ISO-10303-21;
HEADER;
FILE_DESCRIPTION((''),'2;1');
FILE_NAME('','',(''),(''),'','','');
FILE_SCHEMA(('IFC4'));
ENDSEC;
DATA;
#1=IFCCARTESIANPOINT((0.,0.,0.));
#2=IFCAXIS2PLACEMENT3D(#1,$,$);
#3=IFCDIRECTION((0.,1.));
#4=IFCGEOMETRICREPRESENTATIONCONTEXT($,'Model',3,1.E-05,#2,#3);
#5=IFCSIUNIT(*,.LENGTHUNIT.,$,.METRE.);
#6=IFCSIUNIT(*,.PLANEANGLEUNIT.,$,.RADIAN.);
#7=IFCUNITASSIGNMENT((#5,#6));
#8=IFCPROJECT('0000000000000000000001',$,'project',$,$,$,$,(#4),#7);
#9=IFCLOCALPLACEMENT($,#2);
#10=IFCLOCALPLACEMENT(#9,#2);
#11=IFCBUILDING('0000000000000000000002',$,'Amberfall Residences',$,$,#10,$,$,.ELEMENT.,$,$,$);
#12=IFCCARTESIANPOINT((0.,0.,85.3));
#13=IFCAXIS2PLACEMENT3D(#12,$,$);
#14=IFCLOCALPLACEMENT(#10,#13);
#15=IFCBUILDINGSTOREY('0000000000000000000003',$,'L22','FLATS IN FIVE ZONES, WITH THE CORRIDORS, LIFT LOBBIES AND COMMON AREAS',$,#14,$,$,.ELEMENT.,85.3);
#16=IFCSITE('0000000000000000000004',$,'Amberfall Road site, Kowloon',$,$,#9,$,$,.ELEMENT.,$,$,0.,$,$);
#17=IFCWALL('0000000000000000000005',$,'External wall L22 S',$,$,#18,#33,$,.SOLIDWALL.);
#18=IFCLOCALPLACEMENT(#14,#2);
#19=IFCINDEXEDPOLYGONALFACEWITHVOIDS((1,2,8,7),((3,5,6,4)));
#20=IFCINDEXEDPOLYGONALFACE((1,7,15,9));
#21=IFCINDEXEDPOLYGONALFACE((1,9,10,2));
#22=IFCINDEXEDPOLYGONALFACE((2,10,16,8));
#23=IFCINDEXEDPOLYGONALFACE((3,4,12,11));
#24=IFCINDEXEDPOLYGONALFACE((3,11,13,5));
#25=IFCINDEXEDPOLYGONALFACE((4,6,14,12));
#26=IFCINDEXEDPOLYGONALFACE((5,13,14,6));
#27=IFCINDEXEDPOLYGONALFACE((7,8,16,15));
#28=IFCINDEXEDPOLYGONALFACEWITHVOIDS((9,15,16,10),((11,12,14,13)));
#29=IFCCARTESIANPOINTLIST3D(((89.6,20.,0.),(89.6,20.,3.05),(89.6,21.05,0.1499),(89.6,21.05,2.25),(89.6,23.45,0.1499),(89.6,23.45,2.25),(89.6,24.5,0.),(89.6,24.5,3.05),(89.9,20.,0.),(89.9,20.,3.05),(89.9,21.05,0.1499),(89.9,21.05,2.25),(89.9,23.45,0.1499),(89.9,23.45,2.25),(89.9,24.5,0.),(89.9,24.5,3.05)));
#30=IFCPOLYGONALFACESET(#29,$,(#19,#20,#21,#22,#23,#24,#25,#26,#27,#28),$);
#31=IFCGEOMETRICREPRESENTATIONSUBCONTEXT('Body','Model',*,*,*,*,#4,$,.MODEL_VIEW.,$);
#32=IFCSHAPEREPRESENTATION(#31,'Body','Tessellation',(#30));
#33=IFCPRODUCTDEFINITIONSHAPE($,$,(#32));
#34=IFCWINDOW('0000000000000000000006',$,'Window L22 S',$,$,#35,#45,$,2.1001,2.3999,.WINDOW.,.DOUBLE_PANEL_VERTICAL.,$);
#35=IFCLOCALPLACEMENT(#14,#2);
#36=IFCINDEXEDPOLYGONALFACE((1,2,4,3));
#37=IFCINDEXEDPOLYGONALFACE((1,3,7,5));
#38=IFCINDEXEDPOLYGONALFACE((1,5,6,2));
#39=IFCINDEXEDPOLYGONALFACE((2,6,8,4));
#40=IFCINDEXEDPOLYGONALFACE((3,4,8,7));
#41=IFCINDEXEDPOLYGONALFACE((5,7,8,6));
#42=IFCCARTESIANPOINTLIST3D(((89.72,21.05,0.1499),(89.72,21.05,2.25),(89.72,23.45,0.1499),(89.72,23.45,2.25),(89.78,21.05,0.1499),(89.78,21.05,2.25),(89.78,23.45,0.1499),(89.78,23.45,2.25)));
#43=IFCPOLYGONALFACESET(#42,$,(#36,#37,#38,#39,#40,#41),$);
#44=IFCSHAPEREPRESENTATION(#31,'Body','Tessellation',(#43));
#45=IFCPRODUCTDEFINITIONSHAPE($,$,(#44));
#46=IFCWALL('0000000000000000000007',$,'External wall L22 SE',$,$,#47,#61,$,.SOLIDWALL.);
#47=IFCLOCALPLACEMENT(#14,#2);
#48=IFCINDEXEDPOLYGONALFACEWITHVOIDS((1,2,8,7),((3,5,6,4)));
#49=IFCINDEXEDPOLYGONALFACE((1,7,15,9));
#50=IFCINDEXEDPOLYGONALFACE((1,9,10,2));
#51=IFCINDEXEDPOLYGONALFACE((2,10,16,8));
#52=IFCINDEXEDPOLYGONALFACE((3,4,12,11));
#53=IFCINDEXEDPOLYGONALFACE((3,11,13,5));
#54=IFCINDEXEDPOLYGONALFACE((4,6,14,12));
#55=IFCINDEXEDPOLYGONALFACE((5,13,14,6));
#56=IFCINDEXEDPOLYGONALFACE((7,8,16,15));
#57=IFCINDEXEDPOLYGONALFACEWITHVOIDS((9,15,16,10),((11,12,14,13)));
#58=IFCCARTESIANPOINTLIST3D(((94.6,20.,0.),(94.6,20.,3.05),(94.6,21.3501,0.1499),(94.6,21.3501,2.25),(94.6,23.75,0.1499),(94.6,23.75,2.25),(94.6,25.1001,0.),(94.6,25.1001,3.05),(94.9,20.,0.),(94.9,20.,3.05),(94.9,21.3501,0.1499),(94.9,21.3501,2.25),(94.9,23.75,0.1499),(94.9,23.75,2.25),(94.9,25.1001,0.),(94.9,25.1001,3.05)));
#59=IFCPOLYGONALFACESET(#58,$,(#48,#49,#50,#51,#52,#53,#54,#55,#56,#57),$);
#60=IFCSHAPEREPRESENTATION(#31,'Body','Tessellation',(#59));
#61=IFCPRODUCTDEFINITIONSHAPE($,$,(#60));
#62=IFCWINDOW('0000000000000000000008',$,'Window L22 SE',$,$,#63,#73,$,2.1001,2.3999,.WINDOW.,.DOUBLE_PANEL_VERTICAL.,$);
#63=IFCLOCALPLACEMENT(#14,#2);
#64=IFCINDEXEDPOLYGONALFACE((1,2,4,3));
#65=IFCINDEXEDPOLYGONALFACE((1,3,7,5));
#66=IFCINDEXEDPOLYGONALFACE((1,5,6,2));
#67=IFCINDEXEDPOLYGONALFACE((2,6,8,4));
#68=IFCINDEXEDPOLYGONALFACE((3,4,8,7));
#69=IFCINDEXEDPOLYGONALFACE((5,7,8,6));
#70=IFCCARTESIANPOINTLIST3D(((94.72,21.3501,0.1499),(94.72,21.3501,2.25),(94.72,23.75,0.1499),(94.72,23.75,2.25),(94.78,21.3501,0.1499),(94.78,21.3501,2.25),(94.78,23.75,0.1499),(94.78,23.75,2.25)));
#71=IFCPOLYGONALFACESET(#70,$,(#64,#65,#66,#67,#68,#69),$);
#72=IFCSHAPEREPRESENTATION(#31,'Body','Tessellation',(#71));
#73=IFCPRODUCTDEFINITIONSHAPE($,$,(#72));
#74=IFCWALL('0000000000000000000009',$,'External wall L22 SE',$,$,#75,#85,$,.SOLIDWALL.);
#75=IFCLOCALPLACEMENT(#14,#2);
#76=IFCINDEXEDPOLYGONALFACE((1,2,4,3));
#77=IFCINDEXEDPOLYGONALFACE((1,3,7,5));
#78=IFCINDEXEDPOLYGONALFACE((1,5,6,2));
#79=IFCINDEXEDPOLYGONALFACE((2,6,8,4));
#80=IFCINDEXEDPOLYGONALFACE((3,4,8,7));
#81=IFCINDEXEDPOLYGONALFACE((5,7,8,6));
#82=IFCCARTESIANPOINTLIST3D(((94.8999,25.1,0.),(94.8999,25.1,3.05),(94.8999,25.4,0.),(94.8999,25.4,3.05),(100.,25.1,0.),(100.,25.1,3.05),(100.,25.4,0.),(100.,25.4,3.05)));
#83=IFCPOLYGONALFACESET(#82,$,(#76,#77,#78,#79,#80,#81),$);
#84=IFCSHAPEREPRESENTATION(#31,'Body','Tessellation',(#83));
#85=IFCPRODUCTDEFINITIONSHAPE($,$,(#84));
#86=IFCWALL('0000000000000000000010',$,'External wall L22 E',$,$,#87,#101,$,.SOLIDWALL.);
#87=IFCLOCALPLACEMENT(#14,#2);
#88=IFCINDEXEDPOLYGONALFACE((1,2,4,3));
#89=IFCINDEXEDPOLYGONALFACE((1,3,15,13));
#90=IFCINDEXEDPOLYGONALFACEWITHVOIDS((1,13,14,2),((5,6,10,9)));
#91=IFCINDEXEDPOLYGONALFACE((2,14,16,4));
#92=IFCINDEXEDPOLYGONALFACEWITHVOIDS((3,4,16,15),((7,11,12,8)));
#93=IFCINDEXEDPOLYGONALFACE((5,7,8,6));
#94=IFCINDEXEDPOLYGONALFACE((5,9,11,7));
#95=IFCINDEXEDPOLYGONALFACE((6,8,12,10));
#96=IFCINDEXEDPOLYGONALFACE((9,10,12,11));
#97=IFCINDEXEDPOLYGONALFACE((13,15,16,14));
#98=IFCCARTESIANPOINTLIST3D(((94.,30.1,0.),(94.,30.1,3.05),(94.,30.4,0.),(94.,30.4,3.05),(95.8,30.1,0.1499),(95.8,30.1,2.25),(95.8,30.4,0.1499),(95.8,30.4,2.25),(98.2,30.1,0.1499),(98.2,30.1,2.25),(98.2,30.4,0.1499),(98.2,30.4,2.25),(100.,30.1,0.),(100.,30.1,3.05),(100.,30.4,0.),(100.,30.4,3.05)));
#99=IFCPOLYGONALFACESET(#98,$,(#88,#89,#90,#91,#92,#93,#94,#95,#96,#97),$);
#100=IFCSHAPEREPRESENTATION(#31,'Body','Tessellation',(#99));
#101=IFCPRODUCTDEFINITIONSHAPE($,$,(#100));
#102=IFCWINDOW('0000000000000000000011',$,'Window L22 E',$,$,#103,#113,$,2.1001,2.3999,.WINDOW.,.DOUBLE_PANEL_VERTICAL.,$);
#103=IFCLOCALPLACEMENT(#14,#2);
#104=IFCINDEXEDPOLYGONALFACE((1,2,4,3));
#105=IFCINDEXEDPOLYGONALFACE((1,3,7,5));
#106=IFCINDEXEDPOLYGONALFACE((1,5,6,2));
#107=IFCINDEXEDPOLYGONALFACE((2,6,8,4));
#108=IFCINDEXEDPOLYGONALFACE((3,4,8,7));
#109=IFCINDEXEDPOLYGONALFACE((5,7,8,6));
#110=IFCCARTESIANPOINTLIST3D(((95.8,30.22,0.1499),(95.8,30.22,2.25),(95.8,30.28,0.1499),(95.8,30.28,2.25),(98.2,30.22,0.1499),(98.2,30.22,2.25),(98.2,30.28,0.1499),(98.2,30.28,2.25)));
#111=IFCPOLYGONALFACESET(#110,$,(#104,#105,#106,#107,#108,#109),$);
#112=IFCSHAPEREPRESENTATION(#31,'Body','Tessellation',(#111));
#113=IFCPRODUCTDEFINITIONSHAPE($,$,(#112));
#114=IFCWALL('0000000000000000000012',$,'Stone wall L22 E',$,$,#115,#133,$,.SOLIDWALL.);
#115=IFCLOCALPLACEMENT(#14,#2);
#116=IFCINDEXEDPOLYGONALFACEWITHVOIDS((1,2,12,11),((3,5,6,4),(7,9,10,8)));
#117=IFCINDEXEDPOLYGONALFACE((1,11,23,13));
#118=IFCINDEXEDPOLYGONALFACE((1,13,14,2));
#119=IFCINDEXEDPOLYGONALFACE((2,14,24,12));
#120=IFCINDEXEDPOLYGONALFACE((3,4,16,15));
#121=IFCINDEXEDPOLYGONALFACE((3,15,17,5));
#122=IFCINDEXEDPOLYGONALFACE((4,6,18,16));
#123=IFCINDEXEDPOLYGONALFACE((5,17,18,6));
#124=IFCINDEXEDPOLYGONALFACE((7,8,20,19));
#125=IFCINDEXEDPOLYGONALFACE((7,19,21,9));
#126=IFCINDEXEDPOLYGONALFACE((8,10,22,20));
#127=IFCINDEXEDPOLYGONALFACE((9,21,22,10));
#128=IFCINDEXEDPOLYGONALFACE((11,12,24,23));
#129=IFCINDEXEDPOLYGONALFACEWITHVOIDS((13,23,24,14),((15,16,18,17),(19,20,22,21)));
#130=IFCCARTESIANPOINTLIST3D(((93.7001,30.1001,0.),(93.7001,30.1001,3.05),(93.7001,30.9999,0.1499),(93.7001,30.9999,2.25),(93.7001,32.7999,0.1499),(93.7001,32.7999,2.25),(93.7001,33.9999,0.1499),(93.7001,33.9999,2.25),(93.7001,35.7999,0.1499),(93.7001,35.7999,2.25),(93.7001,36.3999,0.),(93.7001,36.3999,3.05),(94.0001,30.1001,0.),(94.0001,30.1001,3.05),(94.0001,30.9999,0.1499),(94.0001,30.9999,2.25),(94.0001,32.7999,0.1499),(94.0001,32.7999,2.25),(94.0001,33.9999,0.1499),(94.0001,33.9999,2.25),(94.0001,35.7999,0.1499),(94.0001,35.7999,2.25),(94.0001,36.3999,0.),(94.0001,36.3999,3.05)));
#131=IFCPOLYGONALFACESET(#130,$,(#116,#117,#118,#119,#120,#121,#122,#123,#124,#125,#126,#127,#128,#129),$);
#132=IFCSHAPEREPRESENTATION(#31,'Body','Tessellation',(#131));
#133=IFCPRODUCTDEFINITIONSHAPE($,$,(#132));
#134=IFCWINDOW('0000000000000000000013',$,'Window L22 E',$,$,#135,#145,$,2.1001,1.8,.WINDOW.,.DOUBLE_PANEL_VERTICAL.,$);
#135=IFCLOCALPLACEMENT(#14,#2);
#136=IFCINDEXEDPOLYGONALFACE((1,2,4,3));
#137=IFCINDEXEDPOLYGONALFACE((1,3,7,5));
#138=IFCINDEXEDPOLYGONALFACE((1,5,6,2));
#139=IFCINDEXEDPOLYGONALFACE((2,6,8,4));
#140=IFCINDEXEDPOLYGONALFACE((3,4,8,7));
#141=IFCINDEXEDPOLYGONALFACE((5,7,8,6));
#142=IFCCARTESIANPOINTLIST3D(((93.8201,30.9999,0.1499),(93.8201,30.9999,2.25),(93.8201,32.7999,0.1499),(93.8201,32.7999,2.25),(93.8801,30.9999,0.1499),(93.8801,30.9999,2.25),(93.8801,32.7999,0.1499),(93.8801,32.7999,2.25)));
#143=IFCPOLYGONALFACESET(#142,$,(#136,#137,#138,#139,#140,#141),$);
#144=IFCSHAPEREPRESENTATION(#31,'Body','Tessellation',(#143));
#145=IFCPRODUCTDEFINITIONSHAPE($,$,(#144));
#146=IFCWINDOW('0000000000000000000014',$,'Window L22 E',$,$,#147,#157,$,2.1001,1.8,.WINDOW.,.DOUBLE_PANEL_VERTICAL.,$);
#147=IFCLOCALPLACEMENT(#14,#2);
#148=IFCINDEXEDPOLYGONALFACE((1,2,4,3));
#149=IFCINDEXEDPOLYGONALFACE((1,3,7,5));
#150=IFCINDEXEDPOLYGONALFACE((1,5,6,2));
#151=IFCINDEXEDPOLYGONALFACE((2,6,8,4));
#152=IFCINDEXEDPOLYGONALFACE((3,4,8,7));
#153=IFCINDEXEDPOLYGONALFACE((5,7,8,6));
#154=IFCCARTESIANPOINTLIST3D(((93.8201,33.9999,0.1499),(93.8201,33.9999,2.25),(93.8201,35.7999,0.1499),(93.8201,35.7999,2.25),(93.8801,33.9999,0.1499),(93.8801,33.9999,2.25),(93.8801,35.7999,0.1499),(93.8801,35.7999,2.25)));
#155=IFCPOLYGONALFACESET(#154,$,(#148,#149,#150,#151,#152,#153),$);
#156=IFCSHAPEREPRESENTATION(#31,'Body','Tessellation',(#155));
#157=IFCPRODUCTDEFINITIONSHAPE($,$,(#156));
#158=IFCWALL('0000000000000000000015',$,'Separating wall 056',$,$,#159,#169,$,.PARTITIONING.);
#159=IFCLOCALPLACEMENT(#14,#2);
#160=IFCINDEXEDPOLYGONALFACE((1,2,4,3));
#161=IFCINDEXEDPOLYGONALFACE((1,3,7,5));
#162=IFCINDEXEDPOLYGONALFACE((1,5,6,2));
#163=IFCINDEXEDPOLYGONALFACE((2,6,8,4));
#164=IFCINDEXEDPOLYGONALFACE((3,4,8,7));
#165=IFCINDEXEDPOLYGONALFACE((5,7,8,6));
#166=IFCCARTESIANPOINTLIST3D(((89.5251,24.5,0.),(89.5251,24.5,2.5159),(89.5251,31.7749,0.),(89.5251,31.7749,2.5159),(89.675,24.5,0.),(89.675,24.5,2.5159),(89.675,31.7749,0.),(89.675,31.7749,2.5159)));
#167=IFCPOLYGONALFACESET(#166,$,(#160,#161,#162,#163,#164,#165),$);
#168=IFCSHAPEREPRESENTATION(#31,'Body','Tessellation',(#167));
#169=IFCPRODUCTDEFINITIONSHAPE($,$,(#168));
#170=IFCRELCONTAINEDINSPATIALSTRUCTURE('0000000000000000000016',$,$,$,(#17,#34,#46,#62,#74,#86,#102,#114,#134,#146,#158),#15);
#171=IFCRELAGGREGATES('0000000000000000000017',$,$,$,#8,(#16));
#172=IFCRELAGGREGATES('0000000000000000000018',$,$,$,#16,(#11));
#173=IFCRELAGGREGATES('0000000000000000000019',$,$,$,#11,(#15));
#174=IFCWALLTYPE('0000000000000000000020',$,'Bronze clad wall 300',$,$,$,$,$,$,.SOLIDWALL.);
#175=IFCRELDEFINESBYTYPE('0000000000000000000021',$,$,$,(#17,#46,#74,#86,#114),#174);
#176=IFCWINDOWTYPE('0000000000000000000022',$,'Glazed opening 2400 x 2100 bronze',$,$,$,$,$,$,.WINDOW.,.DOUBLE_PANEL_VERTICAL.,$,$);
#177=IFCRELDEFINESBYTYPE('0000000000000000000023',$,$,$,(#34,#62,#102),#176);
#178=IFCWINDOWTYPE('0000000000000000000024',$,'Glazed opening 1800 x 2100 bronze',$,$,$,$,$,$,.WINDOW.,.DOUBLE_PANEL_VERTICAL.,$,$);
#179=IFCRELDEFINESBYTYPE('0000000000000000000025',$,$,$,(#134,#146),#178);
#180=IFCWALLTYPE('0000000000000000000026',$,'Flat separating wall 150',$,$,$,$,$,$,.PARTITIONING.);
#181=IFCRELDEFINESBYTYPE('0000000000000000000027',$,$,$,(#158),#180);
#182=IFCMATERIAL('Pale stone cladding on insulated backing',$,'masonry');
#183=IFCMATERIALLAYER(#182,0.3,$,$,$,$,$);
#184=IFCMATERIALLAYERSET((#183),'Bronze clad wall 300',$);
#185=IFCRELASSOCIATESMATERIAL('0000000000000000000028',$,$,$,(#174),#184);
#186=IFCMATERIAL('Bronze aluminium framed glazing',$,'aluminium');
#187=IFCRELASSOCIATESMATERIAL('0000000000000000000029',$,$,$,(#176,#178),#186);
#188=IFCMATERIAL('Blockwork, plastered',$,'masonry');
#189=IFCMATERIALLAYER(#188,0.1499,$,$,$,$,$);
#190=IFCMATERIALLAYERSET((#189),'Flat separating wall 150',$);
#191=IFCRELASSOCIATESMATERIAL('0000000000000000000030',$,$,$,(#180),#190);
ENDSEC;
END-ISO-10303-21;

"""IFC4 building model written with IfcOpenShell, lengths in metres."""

from ifc_helpers import new_model, si_unit, direction, frame, frame_2d, origin, place, context, subcontext, project, spatial, rectangle, extrude, material, layer, layer_set, type_object, element, fill, save


model = new_model("IFC4")

# Units and contexts
model_context = context("Model", 3, precision=1e-05, world=origin(), true_north=direction((0.0, 1.0)))
body_context = subcontext(model_context, "Body", "Model", "MODEL_VIEW")
ifc_project = project(units=[si_unit("LENGTHUNIT", "METRE"), si_unit("PLANEANGLEUNIT", "RADIAN")], contexts=[model_context])

# Site, building, storey
site_placement = place(None, origin())
site = spatial("IfcSite", under=ifc_project, at=site_placement, Name="Amberfall Road site, Kowloon", CompositionType="ELEMENT", RefElevation=0.0)
building_placement = place(site_placement, origin())
building = spatial("IfcBuilding", under=site, at=building_placement, Name="Amberfall Residences", CompositionType="ELEMENT")
storey_placement = place(building_placement, frame((0.0, 0.0, 85.3)))
storey = spatial("IfcBuildingStorey", under=building, at=storey_placement, Name="L22", Description="FLATS IN FIVE ZONES, WITH THE CORRIDORS, LIFT LOBBIES AND COMMON AREAS", CompositionType="ELEMENT", Elevation=85.3)

# Walls, openings, windows
ifc_material_1 = material(Name="Pale stone cladding on insulated backing", Category="masonry")
ifc_layer_1 = layer(ifc_material_1, 0.3)
ifc_layer_set_1 = layer_set([ifc_layer_1], Name="Bronze clad wall 300")
wall_type_1 = type_object("IfcWallType", Name="Bronze clad wall 300", PredefinedType="SOLIDWALL", material=ifc_layer_set_1)
wall_1_placement = place(storey_placement, frame((89.75, 24.5, 0.0), z_axis=(0.0, 0.0, 1.0), x_axis=(0.0, -1.0, 0.0)))
wall_1 = element("IfcWall", 1, at=wall_1_placement, inside=storey, type_object=wall_type_1, Name="External wall L22 S", PredefinedType="SOLIDWALL", context=body_context, shape_type="SweptSolid", body=[
    extrude(rectangle(XDim=4.5, YDim=0.3, at=frame_2d((2.25, 0.0))), origin(), (0.0, 0.0, 1.0), 3.05),
])
opening_1_placement = place(wall_1_placement, frame((1.05, 0.0, 0.1499)))
opening_1 = element("IfcOpeningElement", 2, at=opening_1_placement, cuts=wall_1, PredefinedType="OPENING", context=body_context, shape_type="SweptSolid", body=[
    extrude(rectangle(XDim=2.3999, YDim=2.1001, at=frame_2d((1.2, 1.05))), frame((0.0, 0.1599, 0.0), z_axis=(0.0, -1.0, 0.0), x_axis=(1.0, 0.0, 0.0)), (0.0, 0.0, 1.0), 0.3201),
])
ifc_material_2 = material(Name="Bronze aluminium framed glazing", Category="aluminium")
window_type_1 = type_object("IfcWindowType", Name="Glazed opening 2400 x 2100 bronze", PartitioningType="DOUBLE_PANEL_VERTICAL", PredefinedType="WINDOW", material=ifc_material_2)
window_1_placement = place(opening_1_placement, origin())
window_1 = element("IfcWindow", 3, at=window_1_placement, inside=storey, type_object=window_type_1, Name="Window L22 S", OverallHeight=2.1001, OverallWidth=2.3999, PartitioningType="DOUBLE_PANEL_VERTICAL", PredefinedType="WINDOW", context=body_context, shape_type="SweptSolid", body=[
    extrude(rectangle(XDim=2.3999, YDim=2.1001, at=frame_2d((1.2, 1.05))), frame((0.0, 0.03, 0.0), z_axis=(0.0, -1.0, 0.0), x_axis=(1.0, 0.0, 0.0)), (0.0, 0.0, 1.0), 0.0601),
])
fill(opening_1, window_1)
wall_2_placement = place(storey_placement, frame((94.75, 20.0, 0.0), z_axis=(0.0, 0.0, 1.0), x_axis=(0.0, 1.0, 0.0)))
wall_2 = element("IfcWall", 4, at=wall_2_placement, inside=storey, type_object=wall_type_1, Name="External wall L22 SE", PredefinedType="SOLIDWALL", context=body_context, shape_type="SweptSolid", body=[
    extrude(rectangle(XDim=5.1001, YDim=0.3, at=frame_2d((2.55, 0.0))), origin(), (0.0, 0.0, 1.0), 3.05),
])
opening_2_placement = place(wall_2_placement, frame((1.3501, 0.0, 0.1499)))
opening_2 = element("IfcOpeningElement", 5, at=opening_2_placement, cuts=wall_2, PredefinedType="OPENING", context=body_context, shape_type="SweptSolid", body=[
    extrude(rectangle(XDim=2.3999, YDim=2.1001, at=frame_2d((1.2, 1.05))), frame((0.0, 0.1599, 0.0), z_axis=(0.0, -1.0, 0.0), x_axis=(1.0, 0.0, 0.0)), (0.0, 0.0, 1.0), 0.3201),
])
window_2_placement = place(opening_2_placement, origin())
window_2 = element("IfcWindow", 6, at=window_2_placement, inside=storey, type_object=window_type_1, Name="Window L22 SE", OverallHeight=2.1001, OverallWidth=2.3999, PartitioningType="DOUBLE_PANEL_VERTICAL", PredefinedType="WINDOW", context=body_context, shape_type="SweptSolid", body=[
    extrude(rectangle(XDim=2.3999, YDim=2.1001, at=frame_2d((1.2, 1.05))), frame((0.0, 0.03, 0.0), z_axis=(0.0, -1.0, 0.0), x_axis=(1.0, 0.0, 0.0)), (0.0, 0.0, 1.0), 0.0601),
])
fill(opening_2, window_2)

# Wall
wall_3_placement = place(storey_placement, frame((94.8999, 25.25, 0.0), z_axis=(0.0, 0.0, 1.0), x_axis=(1.0, 0.0, 0.0)))
element("IfcWall", 7, at=wall_3_placement, inside=storey, type_object=wall_type_1, Name="External wall L22 SE", PredefinedType="SOLIDWALL", context=body_context, shape_type="SweptSolid", body=[
    extrude(rectangle(XDim=5.1001, YDim=0.3, at=frame_2d((2.55, 0.0))), origin(), (0.0, 0.0, 1.0), 3.05),
])

# Wall, opening, window
wall_4_placement = place(storey_placement, frame((100.0, 30.25, 0.0), z_axis=(0.0, 0.0, 1.0), x_axis=(-1.0, 0.0, 0.0)))
wall_4 = element("IfcWall", 8, at=wall_4_placement, inside=storey, type_object=wall_type_1, Name="External wall L22 E", PredefinedType="SOLIDWALL", context=body_context, shape_type="SweptSolid", body=[
    extrude(rectangle(XDim=6.0, YDim=0.3, at=frame_2d((3.0, 0.0))), origin(), (0.0, 0.0, 1.0), 3.05),
])
opening_3_placement = place(wall_4_placement, frame((1.8, 0.0, 0.1499)))
opening_3 = element("IfcOpeningElement", 9, at=opening_3_placement, cuts=wall_4, PredefinedType="OPENING", context=body_context, shape_type="SweptSolid", body=[
    extrude(rectangle(XDim=2.3999, YDim=2.1001, at=frame_2d((1.2, 1.05))), frame((0.0, 0.1599, 0.0), z_axis=(0.0, -1.0, 0.0), x_axis=(1.0, 0.0, 0.0)), (0.0, 0.0, 1.0), 0.3201),
])
window_3_placement = place(opening_3_placement, origin())
window_3 = element("IfcWindow", 10, at=window_3_placement, inside=storey, type_object=window_type_1, Name="Window L22 E", OverallHeight=2.1001, OverallWidth=2.3999, PartitioningType="DOUBLE_PANEL_VERTICAL", PredefinedType="WINDOW", context=body_context, shape_type="SweptSolid", body=[
    extrude(rectangle(XDim=2.3999, YDim=2.1001, at=frame_2d((1.2, 1.05))), frame((0.0, 0.03, 0.0), z_axis=(0.0, -1.0, 0.0), x_axis=(1.0, 0.0, 0.0)), (0.0, 0.0, 1.0), 0.0601),
])
fill(opening_3, window_3)

# Wall, openings, windows
wall_5_placement = place(storey_placement, frame((93.8501, 30.1001, 0.0), z_axis=(0.0, 0.0, 1.0), x_axis=(0.0, 1.0, 0.0)))
wall_5 = element("IfcWall", 11, at=wall_5_placement, inside=storey, type_object=wall_type_1, Name="Stone wall L22 E", PredefinedType="SOLIDWALL", context=body_context, shape_type="SweptSolid", body=[
    extrude(rectangle(XDim=6.2998, YDim=0.3, at=frame_2d((3.1499, 0.0))), origin(), (0.0, 0.0, 1.0), 3.05),
])
opening_4_placement = place(wall_5_placement, frame((0.8999, 0.0, 0.1499)))
opening_4 = element("IfcOpeningElement", 12, at=opening_4_placement, cuts=wall_5, PredefinedType="OPENING", context=body_context, shape_type="SweptSolid", body=[
    extrude(rectangle(XDim=1.8, YDim=2.1001, at=frame_2d((0.8999, 1.05))), frame((0.0, 0.1599, 0.0), z_axis=(0.0, -1.0, 0.0), x_axis=(1.0, 0.0, 0.0)), (0.0, 0.0, 1.0), 0.3201),
])
opening_5_placement = place(wall_5_placement, frame((3.8999, 0.0, 0.1499)))
opening_5 = element("IfcOpeningElement", 13, at=opening_5_placement, cuts=wall_5, PredefinedType="OPENING", context=body_context, shape_type="SweptSolid", body=[
    extrude(rectangle(XDim=1.8, YDim=2.1001, at=frame_2d((0.8999, 1.05))), frame((0.0, 0.1599, 0.0), z_axis=(0.0, -1.0, 0.0), x_axis=(1.0, 0.0, 0.0)), (0.0, 0.0, 1.0), 0.3201),
])
window_type_2 = type_object("IfcWindowType", Name="Glazed opening 1800 x 2100 bronze", PartitioningType="DOUBLE_PANEL_VERTICAL", PredefinedType="WINDOW", material=ifc_material_2)
window_4_placement = place(opening_4_placement, origin())
window_4 = element("IfcWindow", 14, at=window_4_placement, inside=storey, type_object=window_type_2, Name="Window L22 E", OverallHeight=2.1001, OverallWidth=1.8, PartitioningType="DOUBLE_PANEL_VERTICAL", PredefinedType="WINDOW", context=body_context, shape_type="SweptSolid", body=[
    extrude(rectangle(XDim=1.8, YDim=2.1001, at=frame_2d((0.8999, 1.05))), frame((0.0, 0.03, 0.0), z_axis=(0.0, -1.0, 0.0), x_axis=(1.0, 0.0, 0.0)), (0.0, 0.0, 1.0), 0.0601),
])
fill(opening_4, window_4)
window_5_placement = place(opening_5_placement, origin())
window_5 = element("IfcWindow", 15, at=window_5_placement, inside=storey, type_object=window_type_2, Name="Window L22 E", OverallHeight=2.1001, OverallWidth=1.8, PartitioningType="DOUBLE_PANEL_VERTICAL", PredefinedType="WINDOW", context=body_context, shape_type="SweptSolid", body=[
    extrude(rectangle(XDim=1.8, YDim=2.1001, at=frame_2d((0.8999, 1.05))), frame((0.0, 0.03, 0.0), z_axis=(0.0, -1.0, 0.0), x_axis=(1.0, 0.0, 0.0)), (0.0, 0.0, 1.0), 0.0601),
])
fill(opening_5, window_5)

# Wall
ifc_material_3 = material(Name="Blockwork, plastered", Category="masonry")
ifc_layer_2 = layer(ifc_material_3, 0.1499)
ifc_layer_set_2 = layer_set([ifc_layer_2], Name="Flat separating wall 150")
wall_type_2 = type_object("IfcWallType", Name="Flat separating wall 150", PredefinedType="PARTITIONING", material=ifc_layer_set_2)
wall_6_placement = place(storey_placement, frame((89.6001, 24.5, 0.0), z_axis=(0.0, 0.0, 1.0), x_axis=(0.0, 1.0, 0.0)))
element("IfcWall", 16, at=wall_6_placement, inside=storey, type_object=wall_type_2, Name="Separating wall 056", PredefinedType="PARTITIONING", context=body_context, shape_type="SweptSolid", body=[
    extrude(rectangle(XDim=7.2749, YDim=0.1499, at=frame_2d((3.6375, 0.0))), origin(), (0.0, 0.0, 1.0), 2.5159),
])

save(model, "model.ifc")
